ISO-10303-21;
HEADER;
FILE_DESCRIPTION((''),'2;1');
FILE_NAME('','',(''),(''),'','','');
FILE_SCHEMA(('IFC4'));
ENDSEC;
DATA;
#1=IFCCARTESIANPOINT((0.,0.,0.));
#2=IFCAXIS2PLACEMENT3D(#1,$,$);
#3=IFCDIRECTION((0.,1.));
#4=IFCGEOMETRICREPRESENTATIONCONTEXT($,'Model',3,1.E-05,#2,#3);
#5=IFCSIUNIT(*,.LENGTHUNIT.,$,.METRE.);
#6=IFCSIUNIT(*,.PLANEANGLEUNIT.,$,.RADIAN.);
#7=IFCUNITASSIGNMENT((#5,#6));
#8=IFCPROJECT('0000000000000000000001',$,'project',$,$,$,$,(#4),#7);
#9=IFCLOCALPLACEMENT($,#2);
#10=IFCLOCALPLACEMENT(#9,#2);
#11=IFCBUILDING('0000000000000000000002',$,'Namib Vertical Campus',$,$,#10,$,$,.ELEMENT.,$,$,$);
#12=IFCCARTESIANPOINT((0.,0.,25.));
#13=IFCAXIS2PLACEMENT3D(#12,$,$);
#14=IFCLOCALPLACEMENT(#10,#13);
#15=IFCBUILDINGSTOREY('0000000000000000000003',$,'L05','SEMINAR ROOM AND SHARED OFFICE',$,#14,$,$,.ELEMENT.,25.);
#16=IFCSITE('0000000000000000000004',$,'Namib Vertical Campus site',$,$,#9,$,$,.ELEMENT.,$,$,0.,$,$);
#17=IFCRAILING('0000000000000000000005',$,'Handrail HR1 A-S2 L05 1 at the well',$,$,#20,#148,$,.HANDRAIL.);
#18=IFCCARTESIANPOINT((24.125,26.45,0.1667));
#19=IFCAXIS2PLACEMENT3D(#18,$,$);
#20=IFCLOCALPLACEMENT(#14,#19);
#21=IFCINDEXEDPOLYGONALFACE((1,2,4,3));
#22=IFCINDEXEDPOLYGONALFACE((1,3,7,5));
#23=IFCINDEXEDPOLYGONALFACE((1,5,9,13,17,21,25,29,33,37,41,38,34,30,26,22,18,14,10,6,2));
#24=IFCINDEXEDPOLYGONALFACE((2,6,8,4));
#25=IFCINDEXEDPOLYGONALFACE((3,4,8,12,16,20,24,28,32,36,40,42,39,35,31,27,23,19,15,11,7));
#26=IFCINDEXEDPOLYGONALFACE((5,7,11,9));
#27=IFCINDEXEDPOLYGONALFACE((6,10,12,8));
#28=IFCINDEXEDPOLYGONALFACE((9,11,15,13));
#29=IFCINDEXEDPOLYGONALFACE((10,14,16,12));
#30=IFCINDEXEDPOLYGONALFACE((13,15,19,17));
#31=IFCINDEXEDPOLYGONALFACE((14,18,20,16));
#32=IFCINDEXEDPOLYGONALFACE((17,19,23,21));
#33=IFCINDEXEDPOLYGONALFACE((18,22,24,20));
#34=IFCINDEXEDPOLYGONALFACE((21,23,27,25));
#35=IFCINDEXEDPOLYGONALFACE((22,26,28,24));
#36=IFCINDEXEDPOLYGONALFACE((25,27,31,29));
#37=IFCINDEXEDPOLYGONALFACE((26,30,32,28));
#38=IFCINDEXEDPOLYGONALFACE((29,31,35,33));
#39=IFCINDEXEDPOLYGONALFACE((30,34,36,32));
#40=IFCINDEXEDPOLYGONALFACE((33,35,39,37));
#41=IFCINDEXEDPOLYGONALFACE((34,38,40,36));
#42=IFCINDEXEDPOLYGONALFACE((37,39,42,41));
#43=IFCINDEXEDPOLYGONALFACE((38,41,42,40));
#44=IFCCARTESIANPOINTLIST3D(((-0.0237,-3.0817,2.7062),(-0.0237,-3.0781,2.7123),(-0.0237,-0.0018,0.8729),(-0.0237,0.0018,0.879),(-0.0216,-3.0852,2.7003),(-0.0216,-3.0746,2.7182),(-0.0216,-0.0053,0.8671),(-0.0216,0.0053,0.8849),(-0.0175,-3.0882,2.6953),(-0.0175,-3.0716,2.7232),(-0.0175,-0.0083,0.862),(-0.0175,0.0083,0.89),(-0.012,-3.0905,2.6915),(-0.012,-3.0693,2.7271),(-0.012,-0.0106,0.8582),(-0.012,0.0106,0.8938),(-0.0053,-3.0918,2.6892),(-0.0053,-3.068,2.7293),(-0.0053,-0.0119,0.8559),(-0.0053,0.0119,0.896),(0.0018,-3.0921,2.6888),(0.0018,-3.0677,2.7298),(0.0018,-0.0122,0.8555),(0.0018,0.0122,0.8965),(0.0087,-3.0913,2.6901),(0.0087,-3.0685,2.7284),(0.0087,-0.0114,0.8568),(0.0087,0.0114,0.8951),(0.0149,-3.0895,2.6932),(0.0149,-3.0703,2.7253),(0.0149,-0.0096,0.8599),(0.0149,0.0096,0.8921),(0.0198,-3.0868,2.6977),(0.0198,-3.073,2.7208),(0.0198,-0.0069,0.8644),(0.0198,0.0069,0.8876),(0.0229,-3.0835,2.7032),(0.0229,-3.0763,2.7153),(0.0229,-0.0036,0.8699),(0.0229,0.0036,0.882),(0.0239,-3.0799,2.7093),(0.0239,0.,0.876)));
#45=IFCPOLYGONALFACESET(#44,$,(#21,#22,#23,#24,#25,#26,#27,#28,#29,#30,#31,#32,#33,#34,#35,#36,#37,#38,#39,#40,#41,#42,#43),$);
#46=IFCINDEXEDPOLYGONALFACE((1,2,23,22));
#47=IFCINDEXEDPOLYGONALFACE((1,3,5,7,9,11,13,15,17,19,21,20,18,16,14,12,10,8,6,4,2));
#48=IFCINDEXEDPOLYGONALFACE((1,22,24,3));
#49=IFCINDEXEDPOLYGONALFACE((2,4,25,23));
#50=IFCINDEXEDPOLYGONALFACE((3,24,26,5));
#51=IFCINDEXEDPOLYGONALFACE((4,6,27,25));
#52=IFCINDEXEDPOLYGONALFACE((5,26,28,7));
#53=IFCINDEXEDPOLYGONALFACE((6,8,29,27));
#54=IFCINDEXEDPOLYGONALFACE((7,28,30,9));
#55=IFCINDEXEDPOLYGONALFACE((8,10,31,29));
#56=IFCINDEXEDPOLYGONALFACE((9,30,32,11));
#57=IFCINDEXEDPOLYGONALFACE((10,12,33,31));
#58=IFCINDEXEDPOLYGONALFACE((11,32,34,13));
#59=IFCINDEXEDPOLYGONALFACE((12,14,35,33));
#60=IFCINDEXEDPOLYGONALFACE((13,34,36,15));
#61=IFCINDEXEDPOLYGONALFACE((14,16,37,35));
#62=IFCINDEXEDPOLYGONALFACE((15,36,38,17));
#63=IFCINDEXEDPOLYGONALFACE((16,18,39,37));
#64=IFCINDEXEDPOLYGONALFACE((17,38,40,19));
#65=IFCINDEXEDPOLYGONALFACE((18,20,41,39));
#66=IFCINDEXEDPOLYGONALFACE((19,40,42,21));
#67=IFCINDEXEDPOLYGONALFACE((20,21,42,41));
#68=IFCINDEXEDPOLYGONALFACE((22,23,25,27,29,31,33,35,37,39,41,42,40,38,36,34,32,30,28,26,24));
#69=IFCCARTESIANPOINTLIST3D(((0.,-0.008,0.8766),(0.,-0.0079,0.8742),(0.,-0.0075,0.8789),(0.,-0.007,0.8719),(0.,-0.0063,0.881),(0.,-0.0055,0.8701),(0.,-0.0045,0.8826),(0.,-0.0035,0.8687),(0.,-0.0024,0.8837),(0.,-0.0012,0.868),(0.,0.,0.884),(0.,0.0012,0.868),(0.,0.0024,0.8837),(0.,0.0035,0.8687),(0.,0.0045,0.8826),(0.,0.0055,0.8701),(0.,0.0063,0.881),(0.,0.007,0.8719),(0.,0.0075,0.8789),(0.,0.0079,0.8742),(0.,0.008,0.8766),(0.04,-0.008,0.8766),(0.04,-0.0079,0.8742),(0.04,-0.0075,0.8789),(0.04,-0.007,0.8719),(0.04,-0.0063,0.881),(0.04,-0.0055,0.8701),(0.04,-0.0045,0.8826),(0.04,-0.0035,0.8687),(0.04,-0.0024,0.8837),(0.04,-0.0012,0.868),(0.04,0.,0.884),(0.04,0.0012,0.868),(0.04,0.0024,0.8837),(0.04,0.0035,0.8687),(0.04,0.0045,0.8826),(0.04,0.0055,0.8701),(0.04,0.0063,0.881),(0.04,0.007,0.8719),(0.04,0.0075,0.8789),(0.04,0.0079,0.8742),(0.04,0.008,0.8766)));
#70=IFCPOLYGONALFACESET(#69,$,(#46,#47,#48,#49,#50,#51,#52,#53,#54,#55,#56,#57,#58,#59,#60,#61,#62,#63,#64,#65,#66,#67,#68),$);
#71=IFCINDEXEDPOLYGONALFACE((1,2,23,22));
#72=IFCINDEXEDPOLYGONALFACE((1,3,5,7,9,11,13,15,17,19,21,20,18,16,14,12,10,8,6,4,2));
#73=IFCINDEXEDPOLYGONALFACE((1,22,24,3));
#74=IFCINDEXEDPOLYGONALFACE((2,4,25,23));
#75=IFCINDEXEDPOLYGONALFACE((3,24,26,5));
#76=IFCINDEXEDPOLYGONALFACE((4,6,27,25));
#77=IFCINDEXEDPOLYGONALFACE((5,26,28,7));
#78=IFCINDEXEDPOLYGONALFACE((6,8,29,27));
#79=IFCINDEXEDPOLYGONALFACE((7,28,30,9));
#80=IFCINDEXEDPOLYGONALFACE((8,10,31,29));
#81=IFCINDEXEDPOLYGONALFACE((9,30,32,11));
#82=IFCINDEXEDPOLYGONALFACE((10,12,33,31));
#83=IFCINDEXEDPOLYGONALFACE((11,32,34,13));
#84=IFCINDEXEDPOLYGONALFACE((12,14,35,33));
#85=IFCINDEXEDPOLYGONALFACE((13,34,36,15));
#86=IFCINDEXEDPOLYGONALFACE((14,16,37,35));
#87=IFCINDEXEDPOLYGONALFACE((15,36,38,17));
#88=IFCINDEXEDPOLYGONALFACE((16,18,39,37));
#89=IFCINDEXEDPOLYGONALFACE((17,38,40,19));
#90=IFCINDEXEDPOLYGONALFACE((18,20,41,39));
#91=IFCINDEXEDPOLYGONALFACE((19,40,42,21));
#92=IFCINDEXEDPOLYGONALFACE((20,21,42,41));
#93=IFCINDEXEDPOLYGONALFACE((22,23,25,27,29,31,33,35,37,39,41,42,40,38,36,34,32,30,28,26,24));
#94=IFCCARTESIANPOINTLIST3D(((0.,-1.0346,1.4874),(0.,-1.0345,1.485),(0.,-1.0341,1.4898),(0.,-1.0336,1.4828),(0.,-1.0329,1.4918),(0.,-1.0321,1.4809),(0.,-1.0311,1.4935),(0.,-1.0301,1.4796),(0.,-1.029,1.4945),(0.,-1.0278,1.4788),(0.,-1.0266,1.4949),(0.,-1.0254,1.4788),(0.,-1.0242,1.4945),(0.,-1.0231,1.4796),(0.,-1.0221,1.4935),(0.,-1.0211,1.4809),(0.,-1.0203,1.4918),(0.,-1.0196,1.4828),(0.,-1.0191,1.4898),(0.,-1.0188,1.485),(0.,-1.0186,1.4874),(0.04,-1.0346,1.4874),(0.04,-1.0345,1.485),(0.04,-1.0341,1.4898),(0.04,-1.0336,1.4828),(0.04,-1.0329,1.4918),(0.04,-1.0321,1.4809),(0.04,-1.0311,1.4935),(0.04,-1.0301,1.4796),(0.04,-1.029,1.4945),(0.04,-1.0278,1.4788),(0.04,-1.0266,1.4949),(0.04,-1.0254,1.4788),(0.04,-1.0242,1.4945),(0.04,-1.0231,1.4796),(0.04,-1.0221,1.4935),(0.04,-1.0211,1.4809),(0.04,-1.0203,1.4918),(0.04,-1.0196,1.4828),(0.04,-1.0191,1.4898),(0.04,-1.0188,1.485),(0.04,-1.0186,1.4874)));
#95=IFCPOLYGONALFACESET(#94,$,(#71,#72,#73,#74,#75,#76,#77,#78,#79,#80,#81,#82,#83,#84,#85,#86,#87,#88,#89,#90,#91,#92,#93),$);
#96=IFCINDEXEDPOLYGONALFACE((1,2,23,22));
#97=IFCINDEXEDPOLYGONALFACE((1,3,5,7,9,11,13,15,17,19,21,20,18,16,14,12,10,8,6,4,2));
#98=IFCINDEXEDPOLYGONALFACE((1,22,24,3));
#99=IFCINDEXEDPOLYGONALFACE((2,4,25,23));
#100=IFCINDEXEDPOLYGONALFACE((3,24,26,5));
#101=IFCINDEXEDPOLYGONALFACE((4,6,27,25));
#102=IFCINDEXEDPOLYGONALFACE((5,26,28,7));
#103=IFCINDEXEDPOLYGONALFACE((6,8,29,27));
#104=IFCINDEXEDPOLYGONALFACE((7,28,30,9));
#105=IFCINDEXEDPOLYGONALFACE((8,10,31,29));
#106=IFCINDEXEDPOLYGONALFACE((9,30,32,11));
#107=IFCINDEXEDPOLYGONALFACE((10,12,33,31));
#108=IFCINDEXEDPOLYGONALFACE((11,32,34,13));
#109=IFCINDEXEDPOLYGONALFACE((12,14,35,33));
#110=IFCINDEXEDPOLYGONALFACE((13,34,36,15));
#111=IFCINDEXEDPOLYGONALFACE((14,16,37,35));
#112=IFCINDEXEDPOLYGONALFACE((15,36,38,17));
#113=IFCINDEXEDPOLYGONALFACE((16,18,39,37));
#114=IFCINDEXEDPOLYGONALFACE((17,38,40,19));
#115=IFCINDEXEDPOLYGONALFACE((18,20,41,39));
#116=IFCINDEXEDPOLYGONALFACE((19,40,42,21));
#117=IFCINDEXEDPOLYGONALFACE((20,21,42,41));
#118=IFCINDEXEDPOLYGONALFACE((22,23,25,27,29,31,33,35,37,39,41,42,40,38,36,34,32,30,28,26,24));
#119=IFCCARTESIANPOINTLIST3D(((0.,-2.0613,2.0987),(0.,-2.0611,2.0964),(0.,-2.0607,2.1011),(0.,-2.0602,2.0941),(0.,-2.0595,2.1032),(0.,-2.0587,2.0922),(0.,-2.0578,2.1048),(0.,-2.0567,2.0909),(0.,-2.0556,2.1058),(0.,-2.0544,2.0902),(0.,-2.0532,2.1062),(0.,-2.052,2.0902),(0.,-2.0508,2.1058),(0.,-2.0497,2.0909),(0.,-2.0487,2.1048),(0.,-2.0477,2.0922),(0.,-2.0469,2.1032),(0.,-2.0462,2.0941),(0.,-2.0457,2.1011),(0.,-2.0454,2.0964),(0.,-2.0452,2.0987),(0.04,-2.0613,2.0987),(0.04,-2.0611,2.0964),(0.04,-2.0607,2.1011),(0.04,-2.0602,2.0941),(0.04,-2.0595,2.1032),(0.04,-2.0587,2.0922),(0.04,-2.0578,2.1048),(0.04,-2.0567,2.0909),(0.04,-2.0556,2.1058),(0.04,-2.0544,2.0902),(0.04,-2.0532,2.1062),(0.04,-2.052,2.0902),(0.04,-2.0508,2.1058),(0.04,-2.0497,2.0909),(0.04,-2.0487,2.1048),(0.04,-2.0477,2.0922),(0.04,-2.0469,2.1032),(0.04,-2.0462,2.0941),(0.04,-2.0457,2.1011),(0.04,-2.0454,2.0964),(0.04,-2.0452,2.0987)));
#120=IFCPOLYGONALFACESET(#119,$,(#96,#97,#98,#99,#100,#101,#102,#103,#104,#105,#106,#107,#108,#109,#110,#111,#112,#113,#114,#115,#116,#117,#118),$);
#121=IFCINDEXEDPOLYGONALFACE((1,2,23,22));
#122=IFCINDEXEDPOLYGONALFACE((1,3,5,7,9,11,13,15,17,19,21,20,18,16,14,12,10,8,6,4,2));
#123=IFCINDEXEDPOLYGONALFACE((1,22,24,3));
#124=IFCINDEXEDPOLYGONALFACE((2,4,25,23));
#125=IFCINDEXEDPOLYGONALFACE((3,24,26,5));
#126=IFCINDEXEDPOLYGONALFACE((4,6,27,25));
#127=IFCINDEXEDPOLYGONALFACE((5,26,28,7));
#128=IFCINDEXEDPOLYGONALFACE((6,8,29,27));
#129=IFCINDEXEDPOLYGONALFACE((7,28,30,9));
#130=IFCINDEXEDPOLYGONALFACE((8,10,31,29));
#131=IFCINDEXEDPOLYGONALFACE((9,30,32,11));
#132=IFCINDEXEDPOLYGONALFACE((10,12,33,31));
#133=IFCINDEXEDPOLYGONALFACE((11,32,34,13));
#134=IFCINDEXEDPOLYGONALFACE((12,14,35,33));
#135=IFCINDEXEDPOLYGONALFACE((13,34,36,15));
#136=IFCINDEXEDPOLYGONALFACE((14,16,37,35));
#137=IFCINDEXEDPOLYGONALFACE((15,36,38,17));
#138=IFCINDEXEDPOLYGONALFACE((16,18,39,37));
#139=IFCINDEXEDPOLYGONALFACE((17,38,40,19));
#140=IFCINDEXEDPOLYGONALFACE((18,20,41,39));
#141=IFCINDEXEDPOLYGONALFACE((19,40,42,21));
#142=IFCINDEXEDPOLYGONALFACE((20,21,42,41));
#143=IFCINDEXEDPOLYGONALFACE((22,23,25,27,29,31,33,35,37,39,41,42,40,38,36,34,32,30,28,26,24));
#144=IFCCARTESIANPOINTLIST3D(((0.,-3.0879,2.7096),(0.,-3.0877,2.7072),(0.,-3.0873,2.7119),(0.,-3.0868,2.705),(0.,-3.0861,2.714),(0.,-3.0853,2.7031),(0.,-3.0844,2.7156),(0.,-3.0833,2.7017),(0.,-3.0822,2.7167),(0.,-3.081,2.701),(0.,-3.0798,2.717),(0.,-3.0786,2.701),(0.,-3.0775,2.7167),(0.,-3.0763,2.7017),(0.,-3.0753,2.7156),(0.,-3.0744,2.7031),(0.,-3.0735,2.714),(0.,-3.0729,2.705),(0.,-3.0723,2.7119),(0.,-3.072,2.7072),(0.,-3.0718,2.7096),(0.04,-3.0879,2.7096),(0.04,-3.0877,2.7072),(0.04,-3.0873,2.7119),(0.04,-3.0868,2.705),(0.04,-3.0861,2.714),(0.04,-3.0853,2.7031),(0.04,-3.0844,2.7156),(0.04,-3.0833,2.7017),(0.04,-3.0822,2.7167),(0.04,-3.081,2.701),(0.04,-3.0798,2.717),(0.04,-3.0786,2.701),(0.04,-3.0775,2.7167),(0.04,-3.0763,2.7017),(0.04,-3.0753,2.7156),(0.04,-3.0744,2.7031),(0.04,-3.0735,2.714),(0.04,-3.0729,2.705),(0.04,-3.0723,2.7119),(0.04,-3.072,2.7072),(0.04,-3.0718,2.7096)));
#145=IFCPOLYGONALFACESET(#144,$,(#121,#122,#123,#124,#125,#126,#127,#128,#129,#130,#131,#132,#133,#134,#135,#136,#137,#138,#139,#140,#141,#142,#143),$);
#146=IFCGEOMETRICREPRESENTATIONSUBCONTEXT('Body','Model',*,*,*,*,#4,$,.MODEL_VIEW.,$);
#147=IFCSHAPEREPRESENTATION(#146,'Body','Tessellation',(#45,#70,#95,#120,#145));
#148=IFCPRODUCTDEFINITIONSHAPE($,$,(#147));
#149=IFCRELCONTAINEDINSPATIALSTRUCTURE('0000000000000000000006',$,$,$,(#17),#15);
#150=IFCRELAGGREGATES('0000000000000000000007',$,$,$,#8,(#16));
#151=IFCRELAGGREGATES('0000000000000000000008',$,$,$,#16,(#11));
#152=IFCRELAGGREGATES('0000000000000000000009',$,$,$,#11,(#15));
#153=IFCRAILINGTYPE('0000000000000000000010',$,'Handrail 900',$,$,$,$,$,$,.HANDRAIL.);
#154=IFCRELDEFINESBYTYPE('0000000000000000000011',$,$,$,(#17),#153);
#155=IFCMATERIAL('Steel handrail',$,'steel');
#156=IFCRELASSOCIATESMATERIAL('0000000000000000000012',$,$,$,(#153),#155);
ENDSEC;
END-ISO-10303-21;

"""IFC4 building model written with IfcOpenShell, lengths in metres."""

from ifc_helpers import new_model, si_unit, direction, frame, origin, origin_2d, place, context, subcontext, project, spatial, circle, extrude, material, type_object, element, save


model = new_model("IFC4")

# Units and contexts
model_context = context("Model", 3, precision=1e-05, world=origin(), true_north=direction((0.0, 1.0)))
body_context = subcontext(model_context, "Body", "Model", "MODEL_VIEW")
ifc_project = project(units=[si_unit("LENGTHUNIT", "METRE"), si_unit("PLANEANGLEUNIT", "RADIAN")], contexts=[model_context])

# Site, building, storey
site_placement = place(None, origin())
site = spatial("IfcSite", under=ifc_project, at=site_placement, Name="Namib Vertical Campus site", CompositionType="ELEMENT", RefElevation=0.0)
building_placement = place(site_placement, origin())
building = spatial("IfcBuilding", under=site, at=building_placement, Name="Namib Vertical Campus", CompositionType="ELEMENT")
storey_placement = place(building_placement, frame((0.0, 0.0, 25.0)))
storey = spatial("IfcBuildingStorey", under=building, at=storey_placement, Name="L05", Description="SEMINAR ROOM AND SHARED OFFICE", CompositionType="ELEMENT", Elevation=25.0)

# Railing
ifc_material_1 = material(Name="Steel handrail", Category="steel")
railing_type_1 = type_object("IfcRailingType", Name="Handrail 900", PredefinedType="HANDRAIL", material=ifc_material_1)
railing_1_placement = place(storey_placement, frame((24.125, 26.45, 0.1667)))
element("IfcRailing", 1, at=railing_1_placement, inside=storey, type_object=railing_type_1, Name="Handrail HR1 A-S2 L05 1 at the well", PredefinedType="HANDRAIL", context=body_context, shape_type="SweptSolid", body=[
    extrude(circle(Radius=0.0239, at=origin_2d()), frame((0.0, 0.0, 0.876), z_axis=(0.0, -0.859291, 0.511487), x_axis=(1.0, 0.0, 0.0)), (0.0, 0.0, 1.0), 3.5842),
    extrude(circle(Radius=0.0081, at=origin_2d()), frame((0.0, 0.0, 0.876), z_axis=(1.0, 0.0, 0.0), x_axis=(0.0, 0.0, 1.0)), (0.0, 0.0, 1.0), 0.04),
    extrude(circle(Radius=0.0081, at=origin_2d()), frame((0.0, -1.0266, 1.4868), z_axis=(1.0, 0.0, 0.0), x_axis=(0.0, 0.0, 1.0)), (0.0, 0.0, 1.0), 0.04),
    extrude(circle(Radius=0.0081, at=origin_2d()), frame((0.0, -2.0532, 2.0981), z_axis=(1.0, 0.0, 0.0), x_axis=(0.0, 0.0, 1.0)), (0.0, 0.0, 1.0), 0.04),
    extrude(circle(Radius=0.0081, at=origin_2d()), frame((0.0, -3.0798, 2.709), z_axis=(1.0, 0.0, 0.0), x_axis=(0.0, 0.0, 1.0)), (0.0, 0.0, 1.0), 0.04),
])

save(model, "model.ifc")
